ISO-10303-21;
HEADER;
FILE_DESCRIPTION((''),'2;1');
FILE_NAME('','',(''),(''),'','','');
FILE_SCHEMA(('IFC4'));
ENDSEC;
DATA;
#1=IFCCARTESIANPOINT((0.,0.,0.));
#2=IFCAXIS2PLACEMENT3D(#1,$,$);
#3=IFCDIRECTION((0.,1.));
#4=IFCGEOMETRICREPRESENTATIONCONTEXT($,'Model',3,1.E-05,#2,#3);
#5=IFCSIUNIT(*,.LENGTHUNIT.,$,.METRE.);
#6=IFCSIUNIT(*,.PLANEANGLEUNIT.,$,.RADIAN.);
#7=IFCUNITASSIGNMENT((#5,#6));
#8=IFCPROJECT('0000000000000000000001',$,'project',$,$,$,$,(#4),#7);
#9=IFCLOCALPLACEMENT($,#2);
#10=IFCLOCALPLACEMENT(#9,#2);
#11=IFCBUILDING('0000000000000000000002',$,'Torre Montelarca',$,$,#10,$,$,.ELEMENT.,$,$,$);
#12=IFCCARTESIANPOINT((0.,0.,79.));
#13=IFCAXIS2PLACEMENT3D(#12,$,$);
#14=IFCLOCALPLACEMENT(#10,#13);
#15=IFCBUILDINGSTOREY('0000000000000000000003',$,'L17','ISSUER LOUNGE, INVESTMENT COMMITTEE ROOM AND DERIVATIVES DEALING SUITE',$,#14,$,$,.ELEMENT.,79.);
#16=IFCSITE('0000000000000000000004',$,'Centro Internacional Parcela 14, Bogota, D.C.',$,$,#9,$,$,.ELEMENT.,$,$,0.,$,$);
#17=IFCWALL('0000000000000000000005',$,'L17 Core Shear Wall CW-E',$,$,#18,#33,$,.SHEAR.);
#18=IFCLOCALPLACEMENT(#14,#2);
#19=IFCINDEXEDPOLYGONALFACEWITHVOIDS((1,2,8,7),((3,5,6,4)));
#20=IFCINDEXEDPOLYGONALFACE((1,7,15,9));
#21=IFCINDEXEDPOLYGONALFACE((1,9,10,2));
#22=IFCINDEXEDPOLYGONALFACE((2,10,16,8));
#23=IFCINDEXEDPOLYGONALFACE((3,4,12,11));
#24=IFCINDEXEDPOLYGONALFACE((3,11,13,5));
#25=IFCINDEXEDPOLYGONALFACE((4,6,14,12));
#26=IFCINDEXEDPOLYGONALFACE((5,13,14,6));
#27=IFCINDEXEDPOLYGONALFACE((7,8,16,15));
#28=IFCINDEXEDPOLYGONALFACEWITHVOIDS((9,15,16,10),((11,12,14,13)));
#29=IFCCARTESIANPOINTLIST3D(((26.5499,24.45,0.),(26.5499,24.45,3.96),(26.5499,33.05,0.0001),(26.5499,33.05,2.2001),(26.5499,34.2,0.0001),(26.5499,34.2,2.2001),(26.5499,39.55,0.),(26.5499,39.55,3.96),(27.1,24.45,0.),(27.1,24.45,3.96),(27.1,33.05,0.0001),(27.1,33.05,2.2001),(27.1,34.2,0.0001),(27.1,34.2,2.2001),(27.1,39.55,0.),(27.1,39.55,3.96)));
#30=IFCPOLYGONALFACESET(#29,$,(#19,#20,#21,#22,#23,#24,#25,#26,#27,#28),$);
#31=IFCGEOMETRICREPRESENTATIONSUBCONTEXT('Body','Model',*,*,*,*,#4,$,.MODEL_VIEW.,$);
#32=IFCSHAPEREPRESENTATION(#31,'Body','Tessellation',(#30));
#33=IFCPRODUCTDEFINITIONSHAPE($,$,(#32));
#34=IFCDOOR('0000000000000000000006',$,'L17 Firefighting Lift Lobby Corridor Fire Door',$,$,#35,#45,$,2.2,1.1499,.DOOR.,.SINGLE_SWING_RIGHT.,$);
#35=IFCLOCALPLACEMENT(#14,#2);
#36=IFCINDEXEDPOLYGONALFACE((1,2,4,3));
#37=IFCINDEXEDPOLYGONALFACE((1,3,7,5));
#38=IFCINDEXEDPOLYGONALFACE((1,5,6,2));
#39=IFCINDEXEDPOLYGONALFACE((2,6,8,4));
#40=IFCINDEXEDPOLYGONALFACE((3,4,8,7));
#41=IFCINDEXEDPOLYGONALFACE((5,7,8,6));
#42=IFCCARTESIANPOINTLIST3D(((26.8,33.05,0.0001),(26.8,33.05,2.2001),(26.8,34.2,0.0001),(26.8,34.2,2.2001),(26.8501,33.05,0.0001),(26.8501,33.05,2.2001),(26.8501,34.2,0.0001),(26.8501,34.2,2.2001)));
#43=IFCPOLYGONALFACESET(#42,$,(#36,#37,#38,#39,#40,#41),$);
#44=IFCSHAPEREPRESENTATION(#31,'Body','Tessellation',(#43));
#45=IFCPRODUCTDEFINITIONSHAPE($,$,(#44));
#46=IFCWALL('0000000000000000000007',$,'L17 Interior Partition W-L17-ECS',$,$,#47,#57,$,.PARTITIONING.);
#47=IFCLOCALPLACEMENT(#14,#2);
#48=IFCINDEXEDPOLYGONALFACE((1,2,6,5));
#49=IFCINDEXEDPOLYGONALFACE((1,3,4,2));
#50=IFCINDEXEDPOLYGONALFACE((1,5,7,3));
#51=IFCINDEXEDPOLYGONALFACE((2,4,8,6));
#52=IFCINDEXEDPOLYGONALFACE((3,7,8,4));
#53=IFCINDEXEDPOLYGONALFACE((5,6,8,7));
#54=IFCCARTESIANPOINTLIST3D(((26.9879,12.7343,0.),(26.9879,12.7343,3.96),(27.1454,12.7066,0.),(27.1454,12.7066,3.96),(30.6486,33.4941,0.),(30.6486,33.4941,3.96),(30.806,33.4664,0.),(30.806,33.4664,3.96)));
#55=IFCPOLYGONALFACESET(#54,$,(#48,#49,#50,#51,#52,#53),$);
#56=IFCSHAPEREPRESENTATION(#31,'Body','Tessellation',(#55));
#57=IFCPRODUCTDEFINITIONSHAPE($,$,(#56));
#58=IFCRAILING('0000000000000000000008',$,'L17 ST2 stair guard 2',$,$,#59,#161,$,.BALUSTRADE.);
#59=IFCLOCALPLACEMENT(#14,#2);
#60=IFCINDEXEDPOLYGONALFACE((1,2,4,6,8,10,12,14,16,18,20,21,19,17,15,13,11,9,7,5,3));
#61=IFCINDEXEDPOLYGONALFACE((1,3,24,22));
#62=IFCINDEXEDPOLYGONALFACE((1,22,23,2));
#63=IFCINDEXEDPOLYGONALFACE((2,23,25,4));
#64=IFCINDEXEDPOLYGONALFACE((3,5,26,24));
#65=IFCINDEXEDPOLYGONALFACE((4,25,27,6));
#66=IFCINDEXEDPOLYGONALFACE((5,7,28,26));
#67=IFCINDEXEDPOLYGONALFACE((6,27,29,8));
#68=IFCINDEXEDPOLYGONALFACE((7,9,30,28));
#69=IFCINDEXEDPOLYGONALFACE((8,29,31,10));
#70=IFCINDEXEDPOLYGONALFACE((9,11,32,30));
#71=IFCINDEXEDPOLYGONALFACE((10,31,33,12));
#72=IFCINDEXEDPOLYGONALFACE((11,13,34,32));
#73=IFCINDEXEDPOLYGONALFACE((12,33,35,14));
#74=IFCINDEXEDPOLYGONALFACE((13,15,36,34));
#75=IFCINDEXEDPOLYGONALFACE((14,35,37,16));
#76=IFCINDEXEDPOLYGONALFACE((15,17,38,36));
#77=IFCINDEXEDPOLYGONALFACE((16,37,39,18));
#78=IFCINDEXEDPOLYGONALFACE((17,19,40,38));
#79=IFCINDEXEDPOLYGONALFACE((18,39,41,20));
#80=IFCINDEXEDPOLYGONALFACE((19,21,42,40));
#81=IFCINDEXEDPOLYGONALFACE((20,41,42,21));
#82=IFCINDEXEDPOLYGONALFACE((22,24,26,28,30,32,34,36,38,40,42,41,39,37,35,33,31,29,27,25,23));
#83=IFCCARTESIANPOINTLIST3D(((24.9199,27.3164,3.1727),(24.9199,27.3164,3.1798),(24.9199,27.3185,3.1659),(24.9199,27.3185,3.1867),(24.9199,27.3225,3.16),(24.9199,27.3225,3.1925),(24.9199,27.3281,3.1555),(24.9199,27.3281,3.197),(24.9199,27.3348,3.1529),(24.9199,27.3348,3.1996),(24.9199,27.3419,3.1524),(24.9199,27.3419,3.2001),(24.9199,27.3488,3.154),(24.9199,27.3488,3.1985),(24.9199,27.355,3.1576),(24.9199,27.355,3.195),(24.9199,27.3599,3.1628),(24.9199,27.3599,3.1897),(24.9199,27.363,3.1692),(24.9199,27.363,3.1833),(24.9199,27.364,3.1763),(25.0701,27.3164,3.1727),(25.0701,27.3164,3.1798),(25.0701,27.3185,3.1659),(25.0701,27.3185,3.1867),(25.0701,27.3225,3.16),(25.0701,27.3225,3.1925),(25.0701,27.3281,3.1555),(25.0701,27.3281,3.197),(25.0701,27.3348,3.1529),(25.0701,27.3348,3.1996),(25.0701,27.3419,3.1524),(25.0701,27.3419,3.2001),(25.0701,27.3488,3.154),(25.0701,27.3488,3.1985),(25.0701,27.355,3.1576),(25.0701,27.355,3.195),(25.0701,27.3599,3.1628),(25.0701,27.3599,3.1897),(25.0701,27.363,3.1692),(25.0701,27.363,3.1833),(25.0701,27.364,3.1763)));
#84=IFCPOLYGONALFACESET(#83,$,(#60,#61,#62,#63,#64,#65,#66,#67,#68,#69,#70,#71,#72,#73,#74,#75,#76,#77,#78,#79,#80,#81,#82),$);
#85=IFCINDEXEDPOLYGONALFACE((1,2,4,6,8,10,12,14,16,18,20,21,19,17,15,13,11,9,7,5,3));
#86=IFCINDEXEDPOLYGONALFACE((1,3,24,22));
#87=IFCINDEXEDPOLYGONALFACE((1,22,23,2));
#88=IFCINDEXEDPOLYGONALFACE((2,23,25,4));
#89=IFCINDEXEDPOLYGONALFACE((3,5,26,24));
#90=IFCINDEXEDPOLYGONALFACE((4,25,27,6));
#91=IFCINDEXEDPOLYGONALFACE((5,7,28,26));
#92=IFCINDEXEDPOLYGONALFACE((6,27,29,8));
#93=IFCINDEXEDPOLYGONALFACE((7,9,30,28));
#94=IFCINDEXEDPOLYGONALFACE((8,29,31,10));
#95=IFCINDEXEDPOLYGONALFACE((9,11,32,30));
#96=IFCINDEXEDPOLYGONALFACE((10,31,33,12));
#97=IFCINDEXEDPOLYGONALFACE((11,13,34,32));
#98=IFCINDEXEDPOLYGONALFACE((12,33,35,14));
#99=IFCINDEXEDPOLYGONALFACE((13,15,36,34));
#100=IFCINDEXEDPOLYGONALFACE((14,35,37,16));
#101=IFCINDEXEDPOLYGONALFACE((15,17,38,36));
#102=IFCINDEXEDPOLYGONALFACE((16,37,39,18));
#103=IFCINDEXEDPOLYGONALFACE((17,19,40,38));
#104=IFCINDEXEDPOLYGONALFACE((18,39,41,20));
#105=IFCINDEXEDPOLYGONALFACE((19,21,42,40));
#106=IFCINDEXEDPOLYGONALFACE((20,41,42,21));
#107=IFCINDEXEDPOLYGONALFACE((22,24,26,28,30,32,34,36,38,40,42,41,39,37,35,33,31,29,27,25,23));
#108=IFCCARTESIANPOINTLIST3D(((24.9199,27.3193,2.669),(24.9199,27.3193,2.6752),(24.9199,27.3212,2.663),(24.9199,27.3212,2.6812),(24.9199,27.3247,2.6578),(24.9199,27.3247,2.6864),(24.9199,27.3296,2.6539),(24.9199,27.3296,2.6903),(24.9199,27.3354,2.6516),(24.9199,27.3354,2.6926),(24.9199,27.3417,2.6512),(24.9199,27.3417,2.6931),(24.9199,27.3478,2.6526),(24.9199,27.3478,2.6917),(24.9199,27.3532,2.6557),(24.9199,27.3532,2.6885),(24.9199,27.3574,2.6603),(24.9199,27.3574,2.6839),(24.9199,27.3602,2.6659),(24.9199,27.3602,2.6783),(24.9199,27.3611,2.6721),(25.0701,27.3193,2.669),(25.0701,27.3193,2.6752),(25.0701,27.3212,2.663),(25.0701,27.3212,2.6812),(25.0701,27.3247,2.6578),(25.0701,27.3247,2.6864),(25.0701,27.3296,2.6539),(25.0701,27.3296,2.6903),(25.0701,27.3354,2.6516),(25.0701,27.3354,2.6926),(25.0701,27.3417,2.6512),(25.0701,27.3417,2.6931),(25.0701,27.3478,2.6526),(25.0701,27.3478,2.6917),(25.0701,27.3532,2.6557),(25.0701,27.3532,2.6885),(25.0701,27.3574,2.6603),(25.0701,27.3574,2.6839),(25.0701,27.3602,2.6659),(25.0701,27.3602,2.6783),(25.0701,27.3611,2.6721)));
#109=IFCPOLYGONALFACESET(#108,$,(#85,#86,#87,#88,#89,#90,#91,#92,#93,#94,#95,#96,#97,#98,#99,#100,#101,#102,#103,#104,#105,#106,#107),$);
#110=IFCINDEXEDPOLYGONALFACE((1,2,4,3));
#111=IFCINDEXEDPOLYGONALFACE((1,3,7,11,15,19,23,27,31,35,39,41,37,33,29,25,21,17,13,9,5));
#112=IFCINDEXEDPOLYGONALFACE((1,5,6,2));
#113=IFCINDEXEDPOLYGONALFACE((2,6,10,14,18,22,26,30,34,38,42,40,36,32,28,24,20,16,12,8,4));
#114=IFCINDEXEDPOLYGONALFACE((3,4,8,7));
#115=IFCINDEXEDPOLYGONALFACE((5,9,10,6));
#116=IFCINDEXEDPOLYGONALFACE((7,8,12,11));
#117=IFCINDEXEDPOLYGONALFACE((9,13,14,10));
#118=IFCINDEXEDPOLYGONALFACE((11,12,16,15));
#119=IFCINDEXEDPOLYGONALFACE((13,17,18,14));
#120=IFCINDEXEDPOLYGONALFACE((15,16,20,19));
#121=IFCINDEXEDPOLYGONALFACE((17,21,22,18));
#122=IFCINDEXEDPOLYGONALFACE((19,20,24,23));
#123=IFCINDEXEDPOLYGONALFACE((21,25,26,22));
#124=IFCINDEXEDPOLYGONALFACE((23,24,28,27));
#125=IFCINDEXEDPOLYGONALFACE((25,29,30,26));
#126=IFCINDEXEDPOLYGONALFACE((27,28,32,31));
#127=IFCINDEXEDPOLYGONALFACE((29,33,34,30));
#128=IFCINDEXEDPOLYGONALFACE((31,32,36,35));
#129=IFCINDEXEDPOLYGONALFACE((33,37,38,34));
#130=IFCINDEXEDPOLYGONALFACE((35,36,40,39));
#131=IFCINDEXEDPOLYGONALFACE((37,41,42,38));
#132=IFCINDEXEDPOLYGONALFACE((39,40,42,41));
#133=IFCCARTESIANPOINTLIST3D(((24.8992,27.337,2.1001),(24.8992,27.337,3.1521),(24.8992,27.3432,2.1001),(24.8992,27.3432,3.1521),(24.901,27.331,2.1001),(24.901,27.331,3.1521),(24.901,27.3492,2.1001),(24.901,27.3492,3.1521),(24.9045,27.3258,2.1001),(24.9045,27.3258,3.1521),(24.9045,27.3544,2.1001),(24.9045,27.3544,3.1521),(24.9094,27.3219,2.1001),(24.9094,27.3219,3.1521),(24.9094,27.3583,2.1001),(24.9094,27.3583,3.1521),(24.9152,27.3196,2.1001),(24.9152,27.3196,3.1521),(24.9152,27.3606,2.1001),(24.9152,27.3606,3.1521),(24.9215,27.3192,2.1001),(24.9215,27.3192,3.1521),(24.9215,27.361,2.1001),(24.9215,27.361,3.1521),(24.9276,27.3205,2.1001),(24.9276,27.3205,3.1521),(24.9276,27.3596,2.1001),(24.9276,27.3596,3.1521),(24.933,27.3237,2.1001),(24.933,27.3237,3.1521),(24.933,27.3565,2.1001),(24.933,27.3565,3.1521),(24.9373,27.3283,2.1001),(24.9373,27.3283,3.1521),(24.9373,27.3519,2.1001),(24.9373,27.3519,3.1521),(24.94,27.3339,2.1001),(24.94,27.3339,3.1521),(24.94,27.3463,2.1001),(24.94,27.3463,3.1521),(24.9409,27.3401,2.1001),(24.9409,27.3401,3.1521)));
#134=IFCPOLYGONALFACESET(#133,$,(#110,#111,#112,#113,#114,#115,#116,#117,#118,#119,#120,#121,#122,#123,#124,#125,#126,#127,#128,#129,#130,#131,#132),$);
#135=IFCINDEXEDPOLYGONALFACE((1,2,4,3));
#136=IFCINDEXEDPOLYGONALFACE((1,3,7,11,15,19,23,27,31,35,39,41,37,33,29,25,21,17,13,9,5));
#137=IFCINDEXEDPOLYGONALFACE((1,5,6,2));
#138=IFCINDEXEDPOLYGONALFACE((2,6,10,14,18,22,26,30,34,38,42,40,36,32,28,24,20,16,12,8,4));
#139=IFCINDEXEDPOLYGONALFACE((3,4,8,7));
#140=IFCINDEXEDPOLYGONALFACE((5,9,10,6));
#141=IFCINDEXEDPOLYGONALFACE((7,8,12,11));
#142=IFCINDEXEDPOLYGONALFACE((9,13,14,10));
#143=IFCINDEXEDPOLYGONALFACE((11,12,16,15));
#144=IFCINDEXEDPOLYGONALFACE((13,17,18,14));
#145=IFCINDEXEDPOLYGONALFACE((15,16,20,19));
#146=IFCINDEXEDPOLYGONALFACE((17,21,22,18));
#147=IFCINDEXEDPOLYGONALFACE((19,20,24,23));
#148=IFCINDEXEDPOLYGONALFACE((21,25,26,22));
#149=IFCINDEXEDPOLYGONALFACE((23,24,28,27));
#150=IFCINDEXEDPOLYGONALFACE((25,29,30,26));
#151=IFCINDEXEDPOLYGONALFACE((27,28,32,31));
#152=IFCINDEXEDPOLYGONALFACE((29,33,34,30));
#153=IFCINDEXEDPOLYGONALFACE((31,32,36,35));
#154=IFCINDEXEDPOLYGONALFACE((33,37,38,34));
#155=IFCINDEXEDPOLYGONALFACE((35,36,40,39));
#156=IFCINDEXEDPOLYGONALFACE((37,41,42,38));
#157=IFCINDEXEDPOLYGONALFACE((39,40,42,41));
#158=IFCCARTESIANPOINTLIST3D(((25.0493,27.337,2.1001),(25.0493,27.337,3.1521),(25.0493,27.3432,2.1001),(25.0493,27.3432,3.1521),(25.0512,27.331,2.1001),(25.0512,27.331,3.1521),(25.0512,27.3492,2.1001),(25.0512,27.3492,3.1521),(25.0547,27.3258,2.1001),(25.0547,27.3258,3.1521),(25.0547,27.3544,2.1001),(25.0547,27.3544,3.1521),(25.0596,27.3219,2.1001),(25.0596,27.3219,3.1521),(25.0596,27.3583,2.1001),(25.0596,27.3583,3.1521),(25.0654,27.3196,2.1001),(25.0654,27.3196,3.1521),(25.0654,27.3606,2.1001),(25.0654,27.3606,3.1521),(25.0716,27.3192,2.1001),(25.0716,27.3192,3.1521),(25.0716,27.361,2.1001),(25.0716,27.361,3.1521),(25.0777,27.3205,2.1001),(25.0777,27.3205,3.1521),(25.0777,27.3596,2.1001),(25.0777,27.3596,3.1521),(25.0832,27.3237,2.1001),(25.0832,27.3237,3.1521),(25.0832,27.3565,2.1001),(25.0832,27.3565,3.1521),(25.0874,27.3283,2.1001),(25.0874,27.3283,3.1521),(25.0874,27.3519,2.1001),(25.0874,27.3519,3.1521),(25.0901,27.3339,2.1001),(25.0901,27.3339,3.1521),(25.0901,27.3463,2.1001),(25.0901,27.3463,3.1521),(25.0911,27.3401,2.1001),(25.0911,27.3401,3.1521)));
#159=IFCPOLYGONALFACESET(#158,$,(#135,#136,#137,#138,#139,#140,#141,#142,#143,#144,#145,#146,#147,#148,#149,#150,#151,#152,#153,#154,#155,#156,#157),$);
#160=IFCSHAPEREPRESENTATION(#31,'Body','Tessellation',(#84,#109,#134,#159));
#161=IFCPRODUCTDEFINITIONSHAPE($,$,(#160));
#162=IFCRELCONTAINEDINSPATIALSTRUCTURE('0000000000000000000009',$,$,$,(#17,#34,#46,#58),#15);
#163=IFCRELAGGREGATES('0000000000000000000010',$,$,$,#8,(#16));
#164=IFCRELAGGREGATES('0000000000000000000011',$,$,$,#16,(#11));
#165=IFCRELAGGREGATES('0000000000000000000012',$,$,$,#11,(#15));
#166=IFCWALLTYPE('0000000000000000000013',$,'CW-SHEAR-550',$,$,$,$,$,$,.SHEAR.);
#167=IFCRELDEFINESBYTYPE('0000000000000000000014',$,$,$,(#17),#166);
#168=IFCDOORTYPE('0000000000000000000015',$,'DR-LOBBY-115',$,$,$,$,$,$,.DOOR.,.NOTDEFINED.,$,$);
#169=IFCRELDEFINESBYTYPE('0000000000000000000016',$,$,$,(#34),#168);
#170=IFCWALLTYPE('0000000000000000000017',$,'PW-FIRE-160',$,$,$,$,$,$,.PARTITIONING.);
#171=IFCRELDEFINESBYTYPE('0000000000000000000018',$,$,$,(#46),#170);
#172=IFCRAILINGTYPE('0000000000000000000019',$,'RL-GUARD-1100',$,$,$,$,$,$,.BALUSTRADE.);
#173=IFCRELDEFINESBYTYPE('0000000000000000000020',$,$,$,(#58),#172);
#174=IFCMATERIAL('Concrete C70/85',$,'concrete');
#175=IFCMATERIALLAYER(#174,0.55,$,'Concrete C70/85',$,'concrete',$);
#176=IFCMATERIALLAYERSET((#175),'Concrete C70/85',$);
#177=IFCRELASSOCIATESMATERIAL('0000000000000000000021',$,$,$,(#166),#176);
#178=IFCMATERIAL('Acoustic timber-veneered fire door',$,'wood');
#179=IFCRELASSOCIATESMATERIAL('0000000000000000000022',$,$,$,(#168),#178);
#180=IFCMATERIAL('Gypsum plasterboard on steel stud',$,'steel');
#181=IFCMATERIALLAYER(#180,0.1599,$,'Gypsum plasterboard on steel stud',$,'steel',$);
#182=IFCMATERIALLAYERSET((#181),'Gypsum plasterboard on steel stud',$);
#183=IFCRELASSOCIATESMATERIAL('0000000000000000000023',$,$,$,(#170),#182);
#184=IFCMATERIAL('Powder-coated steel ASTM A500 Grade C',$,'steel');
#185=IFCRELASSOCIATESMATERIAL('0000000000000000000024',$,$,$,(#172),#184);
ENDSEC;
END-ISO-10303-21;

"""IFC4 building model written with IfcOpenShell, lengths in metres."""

from ifc_helpers import new_model, si_unit, direction, frame, frame_2d, origin, origin_2d, place, context, subcontext, project, spatial, rectangle, circle, extrude, source, transform, mapped, material, layer, layer_set, type_object, element, fill, save


model = new_model("IFC4")

# Units and contexts
model_context = context("Model", 3, precision=1e-05, world=origin(), true_north=direction((0.0, 1.0)))
body_context = subcontext(model_context, "Body", "Model", "MODEL_VIEW")
ifc_project = project(units=[si_unit("LENGTHUNIT", "METRE"), si_unit("PLANEANGLEUNIT", "RADIAN")], contexts=[model_context])

# Site, building, storey
site_placement = place(None, origin())
site = spatial("IfcSite", under=ifc_project, at=site_placement, Name="Centro Internacional Parcela 14, Bogota, D.C.", CompositionType="ELEMENT", RefElevation=0.0)
building_placement = place(site_placement, origin())
building = spatial("IfcBuilding", under=site, at=building_placement, Name="Torre Montelarca", CompositionType="ELEMENT")
storey_placement = place(building_placement, frame((0.0, 0.0, 79.0)))
storey = spatial("IfcBuildingStorey", under=building, at=storey_placement, Name="L17", Description="ISSUER LOUNGE, INVESTMENT COMMITTEE ROOM AND DERIVATIVES DEALING SUITE", CompositionType="ELEMENT", Elevation=79.0)

# Shared definitions
ifc_material_1 = material(Name="Concrete C70/85", Category="concrete")

# Wall, opening, door
ifc_layer_1 = layer(ifc_material_1, 0.55, Name="Concrete C70/85", Category="concrete")
ifc_layer_set_1 = layer_set([ifc_layer_1], Name="Concrete C70/85")
wall_type_1 = type_object("IfcWallType", Name="CW-SHEAR-550", PredefinedType="SHEAR", material=ifc_layer_set_1)
wall_1_placement = place(storey_placement, frame((26.825, 24.45, 0.0), z_axis=(0.0, 0.0, 1.0), x_axis=(0.0, 1.0, 0.0)))
wall_1 = element("IfcWall", 1, at=wall_1_placement, inside=storey, type_object=wall_type_1, Name="L17 Core Shear Wall CW-E", PredefinedType="SHEAR", context=body_context, shape_type="SweptSolid", body=[
    extrude(rectangle(XDim=15.1001, YDim=0.55, at=frame_2d((7.55, 0.0))), origin(), (0.0, 0.0, 1.0), 3.96),
])
opening_placement = place(wall_1_placement, frame((8.6001, 0.0, 0.0)))
opening = element("IfcOpeningElement", 2, at=opening_placement, cuts=wall_1, PredefinedType="OPENING", context=body_context, shape_type="SweptSolid", body=[
    extrude(rectangle(XDim=1.1499, YDim=2.2, at=frame_2d((0.575, 1.1001))), frame((0.0, 0.2852, 0.0), z_axis=(0.0, -1.0, 0.0), x_axis=(1.0, 0.0, 0.0)), (0.0, 0.0, 1.0), 0.5701),
])
ifc_material_2 = material(Name="Acoustic timber-veneered fire door", Category="wood")
door_type = type_object("IfcDoorType", Name="DR-LOBBY-115", OperationType="NOTDEFINED", PredefinedType="DOOR", material=ifc_material_2)
shared_shape_1 = source(origin(), body_context, "Body", "SweptSolid", [
    extrude(rectangle(XDim=1.1499, YDim=2.2, at=frame_2d((0.575, 1.1001))), frame((0.0, 0.0249, 0.0), z_axis=(0.0, -1.0, 0.0), x_axis=(1.0, 0.0, 0.0)), (0.0, 0.0, 1.0), 0.05),
])
door_placement = place(opening_placement, origin())
door = element("IfcDoor", 3, at=door_placement, inside=storey, type_object=door_type, Name="L17 Firefighting Lift Lobby Corridor Fire Door", OperationType="SINGLE_SWING_RIGHT", OverallHeight=2.2, OverallWidth=1.1499, PredefinedType="DOOR", context=body_context, shape_type="MappedRepresentation", body=[
    mapped(shared_shape_1, transform((0.0, 0.0, 0.0), scale=1.0)),
])
fill(opening, door)

# Wall
ifc_material_3 = material(Name="Gypsum plasterboard on steel stud", Category="steel")
ifc_layer_2 = layer(ifc_material_3, 0.1599, Name="Gypsum plasterboard on steel stud", Category="steel")
ifc_layer_set_2 = layer_set([ifc_layer_2], Name="Gypsum plasterboard on steel stud")
wall_type_2 = type_object("IfcWallType", Name="PW-FIRE-160", PredefinedType="PARTITIONING", material=ifc_layer_set_2)
wall_2_placement = place(storey_placement, frame((27.0667, 12.7205, 0.0), z_axis=(0.0, 0.0, 1.0), x_axis=(0.173655, 0.984807, 0.0)))
element("IfcWall", 4, at=wall_2_placement, inside=storey, type_object=wall_type_2, Name="L17 Interior Partition W-L17-ECS", PredefinedType="PARTITIONING", context=body_context, shape_type="SweptSolid", body=[
    extrude(rectangle(XDim=21.0801, YDim=0.1599, at=frame_2d((10.54, 0.0))), origin(), (0.0, 0.0, 1.0), 3.96),
])

# Railing
ifc_material_4 = material(Name="Powder-coated steel ASTM A500 Grade C", Category="steel")
railing_type = type_object("IfcRailingType", Name="RL-GUARD-1100", PredefinedType="BALUSTRADE", material=ifc_material_4)
railing_1_placement = place(storey_placement, frame((24.9199, 27.3401, 2.1001)))
element("IfcRailing", 5, at=railing_1_placement, inside=storey, type_object=railing_type, Name="L17 ST2 stair guard 2", PredefinedType="BALUSTRADE", context=body_context, shape_type="SweptSolid", body=[
    extrude(circle(Radius=0.0239, at=origin_2d()), frame((0.0, 0.0, 1.0762), z_axis=(1.0, 0.0, 0.0), x_axis=(0.0, 1.0, 0.0)), (0.0, 0.0, 1.0), 0.1501),
    extrude(circle(Radius=0.021, at=origin_2d()), frame((0.0, 0.0, 0.572), z_axis=(1.0, 0.0, 0.0), x_axis=(0.0, 1.0, 0.0)), (0.0, 0.0, 1.0), 0.1501),
    extrude(circle(Radius=0.021, at=origin_2d()), origin(), (0.0, 0.0, 1.0), 1.052),
    extrude(circle(Radius=0.021, at=origin_2d()), frame((0.1501, 0.0, 0.0)), (0.0, 0.0, 1.0), 1.052),
])

save(model, "model.ifc")
